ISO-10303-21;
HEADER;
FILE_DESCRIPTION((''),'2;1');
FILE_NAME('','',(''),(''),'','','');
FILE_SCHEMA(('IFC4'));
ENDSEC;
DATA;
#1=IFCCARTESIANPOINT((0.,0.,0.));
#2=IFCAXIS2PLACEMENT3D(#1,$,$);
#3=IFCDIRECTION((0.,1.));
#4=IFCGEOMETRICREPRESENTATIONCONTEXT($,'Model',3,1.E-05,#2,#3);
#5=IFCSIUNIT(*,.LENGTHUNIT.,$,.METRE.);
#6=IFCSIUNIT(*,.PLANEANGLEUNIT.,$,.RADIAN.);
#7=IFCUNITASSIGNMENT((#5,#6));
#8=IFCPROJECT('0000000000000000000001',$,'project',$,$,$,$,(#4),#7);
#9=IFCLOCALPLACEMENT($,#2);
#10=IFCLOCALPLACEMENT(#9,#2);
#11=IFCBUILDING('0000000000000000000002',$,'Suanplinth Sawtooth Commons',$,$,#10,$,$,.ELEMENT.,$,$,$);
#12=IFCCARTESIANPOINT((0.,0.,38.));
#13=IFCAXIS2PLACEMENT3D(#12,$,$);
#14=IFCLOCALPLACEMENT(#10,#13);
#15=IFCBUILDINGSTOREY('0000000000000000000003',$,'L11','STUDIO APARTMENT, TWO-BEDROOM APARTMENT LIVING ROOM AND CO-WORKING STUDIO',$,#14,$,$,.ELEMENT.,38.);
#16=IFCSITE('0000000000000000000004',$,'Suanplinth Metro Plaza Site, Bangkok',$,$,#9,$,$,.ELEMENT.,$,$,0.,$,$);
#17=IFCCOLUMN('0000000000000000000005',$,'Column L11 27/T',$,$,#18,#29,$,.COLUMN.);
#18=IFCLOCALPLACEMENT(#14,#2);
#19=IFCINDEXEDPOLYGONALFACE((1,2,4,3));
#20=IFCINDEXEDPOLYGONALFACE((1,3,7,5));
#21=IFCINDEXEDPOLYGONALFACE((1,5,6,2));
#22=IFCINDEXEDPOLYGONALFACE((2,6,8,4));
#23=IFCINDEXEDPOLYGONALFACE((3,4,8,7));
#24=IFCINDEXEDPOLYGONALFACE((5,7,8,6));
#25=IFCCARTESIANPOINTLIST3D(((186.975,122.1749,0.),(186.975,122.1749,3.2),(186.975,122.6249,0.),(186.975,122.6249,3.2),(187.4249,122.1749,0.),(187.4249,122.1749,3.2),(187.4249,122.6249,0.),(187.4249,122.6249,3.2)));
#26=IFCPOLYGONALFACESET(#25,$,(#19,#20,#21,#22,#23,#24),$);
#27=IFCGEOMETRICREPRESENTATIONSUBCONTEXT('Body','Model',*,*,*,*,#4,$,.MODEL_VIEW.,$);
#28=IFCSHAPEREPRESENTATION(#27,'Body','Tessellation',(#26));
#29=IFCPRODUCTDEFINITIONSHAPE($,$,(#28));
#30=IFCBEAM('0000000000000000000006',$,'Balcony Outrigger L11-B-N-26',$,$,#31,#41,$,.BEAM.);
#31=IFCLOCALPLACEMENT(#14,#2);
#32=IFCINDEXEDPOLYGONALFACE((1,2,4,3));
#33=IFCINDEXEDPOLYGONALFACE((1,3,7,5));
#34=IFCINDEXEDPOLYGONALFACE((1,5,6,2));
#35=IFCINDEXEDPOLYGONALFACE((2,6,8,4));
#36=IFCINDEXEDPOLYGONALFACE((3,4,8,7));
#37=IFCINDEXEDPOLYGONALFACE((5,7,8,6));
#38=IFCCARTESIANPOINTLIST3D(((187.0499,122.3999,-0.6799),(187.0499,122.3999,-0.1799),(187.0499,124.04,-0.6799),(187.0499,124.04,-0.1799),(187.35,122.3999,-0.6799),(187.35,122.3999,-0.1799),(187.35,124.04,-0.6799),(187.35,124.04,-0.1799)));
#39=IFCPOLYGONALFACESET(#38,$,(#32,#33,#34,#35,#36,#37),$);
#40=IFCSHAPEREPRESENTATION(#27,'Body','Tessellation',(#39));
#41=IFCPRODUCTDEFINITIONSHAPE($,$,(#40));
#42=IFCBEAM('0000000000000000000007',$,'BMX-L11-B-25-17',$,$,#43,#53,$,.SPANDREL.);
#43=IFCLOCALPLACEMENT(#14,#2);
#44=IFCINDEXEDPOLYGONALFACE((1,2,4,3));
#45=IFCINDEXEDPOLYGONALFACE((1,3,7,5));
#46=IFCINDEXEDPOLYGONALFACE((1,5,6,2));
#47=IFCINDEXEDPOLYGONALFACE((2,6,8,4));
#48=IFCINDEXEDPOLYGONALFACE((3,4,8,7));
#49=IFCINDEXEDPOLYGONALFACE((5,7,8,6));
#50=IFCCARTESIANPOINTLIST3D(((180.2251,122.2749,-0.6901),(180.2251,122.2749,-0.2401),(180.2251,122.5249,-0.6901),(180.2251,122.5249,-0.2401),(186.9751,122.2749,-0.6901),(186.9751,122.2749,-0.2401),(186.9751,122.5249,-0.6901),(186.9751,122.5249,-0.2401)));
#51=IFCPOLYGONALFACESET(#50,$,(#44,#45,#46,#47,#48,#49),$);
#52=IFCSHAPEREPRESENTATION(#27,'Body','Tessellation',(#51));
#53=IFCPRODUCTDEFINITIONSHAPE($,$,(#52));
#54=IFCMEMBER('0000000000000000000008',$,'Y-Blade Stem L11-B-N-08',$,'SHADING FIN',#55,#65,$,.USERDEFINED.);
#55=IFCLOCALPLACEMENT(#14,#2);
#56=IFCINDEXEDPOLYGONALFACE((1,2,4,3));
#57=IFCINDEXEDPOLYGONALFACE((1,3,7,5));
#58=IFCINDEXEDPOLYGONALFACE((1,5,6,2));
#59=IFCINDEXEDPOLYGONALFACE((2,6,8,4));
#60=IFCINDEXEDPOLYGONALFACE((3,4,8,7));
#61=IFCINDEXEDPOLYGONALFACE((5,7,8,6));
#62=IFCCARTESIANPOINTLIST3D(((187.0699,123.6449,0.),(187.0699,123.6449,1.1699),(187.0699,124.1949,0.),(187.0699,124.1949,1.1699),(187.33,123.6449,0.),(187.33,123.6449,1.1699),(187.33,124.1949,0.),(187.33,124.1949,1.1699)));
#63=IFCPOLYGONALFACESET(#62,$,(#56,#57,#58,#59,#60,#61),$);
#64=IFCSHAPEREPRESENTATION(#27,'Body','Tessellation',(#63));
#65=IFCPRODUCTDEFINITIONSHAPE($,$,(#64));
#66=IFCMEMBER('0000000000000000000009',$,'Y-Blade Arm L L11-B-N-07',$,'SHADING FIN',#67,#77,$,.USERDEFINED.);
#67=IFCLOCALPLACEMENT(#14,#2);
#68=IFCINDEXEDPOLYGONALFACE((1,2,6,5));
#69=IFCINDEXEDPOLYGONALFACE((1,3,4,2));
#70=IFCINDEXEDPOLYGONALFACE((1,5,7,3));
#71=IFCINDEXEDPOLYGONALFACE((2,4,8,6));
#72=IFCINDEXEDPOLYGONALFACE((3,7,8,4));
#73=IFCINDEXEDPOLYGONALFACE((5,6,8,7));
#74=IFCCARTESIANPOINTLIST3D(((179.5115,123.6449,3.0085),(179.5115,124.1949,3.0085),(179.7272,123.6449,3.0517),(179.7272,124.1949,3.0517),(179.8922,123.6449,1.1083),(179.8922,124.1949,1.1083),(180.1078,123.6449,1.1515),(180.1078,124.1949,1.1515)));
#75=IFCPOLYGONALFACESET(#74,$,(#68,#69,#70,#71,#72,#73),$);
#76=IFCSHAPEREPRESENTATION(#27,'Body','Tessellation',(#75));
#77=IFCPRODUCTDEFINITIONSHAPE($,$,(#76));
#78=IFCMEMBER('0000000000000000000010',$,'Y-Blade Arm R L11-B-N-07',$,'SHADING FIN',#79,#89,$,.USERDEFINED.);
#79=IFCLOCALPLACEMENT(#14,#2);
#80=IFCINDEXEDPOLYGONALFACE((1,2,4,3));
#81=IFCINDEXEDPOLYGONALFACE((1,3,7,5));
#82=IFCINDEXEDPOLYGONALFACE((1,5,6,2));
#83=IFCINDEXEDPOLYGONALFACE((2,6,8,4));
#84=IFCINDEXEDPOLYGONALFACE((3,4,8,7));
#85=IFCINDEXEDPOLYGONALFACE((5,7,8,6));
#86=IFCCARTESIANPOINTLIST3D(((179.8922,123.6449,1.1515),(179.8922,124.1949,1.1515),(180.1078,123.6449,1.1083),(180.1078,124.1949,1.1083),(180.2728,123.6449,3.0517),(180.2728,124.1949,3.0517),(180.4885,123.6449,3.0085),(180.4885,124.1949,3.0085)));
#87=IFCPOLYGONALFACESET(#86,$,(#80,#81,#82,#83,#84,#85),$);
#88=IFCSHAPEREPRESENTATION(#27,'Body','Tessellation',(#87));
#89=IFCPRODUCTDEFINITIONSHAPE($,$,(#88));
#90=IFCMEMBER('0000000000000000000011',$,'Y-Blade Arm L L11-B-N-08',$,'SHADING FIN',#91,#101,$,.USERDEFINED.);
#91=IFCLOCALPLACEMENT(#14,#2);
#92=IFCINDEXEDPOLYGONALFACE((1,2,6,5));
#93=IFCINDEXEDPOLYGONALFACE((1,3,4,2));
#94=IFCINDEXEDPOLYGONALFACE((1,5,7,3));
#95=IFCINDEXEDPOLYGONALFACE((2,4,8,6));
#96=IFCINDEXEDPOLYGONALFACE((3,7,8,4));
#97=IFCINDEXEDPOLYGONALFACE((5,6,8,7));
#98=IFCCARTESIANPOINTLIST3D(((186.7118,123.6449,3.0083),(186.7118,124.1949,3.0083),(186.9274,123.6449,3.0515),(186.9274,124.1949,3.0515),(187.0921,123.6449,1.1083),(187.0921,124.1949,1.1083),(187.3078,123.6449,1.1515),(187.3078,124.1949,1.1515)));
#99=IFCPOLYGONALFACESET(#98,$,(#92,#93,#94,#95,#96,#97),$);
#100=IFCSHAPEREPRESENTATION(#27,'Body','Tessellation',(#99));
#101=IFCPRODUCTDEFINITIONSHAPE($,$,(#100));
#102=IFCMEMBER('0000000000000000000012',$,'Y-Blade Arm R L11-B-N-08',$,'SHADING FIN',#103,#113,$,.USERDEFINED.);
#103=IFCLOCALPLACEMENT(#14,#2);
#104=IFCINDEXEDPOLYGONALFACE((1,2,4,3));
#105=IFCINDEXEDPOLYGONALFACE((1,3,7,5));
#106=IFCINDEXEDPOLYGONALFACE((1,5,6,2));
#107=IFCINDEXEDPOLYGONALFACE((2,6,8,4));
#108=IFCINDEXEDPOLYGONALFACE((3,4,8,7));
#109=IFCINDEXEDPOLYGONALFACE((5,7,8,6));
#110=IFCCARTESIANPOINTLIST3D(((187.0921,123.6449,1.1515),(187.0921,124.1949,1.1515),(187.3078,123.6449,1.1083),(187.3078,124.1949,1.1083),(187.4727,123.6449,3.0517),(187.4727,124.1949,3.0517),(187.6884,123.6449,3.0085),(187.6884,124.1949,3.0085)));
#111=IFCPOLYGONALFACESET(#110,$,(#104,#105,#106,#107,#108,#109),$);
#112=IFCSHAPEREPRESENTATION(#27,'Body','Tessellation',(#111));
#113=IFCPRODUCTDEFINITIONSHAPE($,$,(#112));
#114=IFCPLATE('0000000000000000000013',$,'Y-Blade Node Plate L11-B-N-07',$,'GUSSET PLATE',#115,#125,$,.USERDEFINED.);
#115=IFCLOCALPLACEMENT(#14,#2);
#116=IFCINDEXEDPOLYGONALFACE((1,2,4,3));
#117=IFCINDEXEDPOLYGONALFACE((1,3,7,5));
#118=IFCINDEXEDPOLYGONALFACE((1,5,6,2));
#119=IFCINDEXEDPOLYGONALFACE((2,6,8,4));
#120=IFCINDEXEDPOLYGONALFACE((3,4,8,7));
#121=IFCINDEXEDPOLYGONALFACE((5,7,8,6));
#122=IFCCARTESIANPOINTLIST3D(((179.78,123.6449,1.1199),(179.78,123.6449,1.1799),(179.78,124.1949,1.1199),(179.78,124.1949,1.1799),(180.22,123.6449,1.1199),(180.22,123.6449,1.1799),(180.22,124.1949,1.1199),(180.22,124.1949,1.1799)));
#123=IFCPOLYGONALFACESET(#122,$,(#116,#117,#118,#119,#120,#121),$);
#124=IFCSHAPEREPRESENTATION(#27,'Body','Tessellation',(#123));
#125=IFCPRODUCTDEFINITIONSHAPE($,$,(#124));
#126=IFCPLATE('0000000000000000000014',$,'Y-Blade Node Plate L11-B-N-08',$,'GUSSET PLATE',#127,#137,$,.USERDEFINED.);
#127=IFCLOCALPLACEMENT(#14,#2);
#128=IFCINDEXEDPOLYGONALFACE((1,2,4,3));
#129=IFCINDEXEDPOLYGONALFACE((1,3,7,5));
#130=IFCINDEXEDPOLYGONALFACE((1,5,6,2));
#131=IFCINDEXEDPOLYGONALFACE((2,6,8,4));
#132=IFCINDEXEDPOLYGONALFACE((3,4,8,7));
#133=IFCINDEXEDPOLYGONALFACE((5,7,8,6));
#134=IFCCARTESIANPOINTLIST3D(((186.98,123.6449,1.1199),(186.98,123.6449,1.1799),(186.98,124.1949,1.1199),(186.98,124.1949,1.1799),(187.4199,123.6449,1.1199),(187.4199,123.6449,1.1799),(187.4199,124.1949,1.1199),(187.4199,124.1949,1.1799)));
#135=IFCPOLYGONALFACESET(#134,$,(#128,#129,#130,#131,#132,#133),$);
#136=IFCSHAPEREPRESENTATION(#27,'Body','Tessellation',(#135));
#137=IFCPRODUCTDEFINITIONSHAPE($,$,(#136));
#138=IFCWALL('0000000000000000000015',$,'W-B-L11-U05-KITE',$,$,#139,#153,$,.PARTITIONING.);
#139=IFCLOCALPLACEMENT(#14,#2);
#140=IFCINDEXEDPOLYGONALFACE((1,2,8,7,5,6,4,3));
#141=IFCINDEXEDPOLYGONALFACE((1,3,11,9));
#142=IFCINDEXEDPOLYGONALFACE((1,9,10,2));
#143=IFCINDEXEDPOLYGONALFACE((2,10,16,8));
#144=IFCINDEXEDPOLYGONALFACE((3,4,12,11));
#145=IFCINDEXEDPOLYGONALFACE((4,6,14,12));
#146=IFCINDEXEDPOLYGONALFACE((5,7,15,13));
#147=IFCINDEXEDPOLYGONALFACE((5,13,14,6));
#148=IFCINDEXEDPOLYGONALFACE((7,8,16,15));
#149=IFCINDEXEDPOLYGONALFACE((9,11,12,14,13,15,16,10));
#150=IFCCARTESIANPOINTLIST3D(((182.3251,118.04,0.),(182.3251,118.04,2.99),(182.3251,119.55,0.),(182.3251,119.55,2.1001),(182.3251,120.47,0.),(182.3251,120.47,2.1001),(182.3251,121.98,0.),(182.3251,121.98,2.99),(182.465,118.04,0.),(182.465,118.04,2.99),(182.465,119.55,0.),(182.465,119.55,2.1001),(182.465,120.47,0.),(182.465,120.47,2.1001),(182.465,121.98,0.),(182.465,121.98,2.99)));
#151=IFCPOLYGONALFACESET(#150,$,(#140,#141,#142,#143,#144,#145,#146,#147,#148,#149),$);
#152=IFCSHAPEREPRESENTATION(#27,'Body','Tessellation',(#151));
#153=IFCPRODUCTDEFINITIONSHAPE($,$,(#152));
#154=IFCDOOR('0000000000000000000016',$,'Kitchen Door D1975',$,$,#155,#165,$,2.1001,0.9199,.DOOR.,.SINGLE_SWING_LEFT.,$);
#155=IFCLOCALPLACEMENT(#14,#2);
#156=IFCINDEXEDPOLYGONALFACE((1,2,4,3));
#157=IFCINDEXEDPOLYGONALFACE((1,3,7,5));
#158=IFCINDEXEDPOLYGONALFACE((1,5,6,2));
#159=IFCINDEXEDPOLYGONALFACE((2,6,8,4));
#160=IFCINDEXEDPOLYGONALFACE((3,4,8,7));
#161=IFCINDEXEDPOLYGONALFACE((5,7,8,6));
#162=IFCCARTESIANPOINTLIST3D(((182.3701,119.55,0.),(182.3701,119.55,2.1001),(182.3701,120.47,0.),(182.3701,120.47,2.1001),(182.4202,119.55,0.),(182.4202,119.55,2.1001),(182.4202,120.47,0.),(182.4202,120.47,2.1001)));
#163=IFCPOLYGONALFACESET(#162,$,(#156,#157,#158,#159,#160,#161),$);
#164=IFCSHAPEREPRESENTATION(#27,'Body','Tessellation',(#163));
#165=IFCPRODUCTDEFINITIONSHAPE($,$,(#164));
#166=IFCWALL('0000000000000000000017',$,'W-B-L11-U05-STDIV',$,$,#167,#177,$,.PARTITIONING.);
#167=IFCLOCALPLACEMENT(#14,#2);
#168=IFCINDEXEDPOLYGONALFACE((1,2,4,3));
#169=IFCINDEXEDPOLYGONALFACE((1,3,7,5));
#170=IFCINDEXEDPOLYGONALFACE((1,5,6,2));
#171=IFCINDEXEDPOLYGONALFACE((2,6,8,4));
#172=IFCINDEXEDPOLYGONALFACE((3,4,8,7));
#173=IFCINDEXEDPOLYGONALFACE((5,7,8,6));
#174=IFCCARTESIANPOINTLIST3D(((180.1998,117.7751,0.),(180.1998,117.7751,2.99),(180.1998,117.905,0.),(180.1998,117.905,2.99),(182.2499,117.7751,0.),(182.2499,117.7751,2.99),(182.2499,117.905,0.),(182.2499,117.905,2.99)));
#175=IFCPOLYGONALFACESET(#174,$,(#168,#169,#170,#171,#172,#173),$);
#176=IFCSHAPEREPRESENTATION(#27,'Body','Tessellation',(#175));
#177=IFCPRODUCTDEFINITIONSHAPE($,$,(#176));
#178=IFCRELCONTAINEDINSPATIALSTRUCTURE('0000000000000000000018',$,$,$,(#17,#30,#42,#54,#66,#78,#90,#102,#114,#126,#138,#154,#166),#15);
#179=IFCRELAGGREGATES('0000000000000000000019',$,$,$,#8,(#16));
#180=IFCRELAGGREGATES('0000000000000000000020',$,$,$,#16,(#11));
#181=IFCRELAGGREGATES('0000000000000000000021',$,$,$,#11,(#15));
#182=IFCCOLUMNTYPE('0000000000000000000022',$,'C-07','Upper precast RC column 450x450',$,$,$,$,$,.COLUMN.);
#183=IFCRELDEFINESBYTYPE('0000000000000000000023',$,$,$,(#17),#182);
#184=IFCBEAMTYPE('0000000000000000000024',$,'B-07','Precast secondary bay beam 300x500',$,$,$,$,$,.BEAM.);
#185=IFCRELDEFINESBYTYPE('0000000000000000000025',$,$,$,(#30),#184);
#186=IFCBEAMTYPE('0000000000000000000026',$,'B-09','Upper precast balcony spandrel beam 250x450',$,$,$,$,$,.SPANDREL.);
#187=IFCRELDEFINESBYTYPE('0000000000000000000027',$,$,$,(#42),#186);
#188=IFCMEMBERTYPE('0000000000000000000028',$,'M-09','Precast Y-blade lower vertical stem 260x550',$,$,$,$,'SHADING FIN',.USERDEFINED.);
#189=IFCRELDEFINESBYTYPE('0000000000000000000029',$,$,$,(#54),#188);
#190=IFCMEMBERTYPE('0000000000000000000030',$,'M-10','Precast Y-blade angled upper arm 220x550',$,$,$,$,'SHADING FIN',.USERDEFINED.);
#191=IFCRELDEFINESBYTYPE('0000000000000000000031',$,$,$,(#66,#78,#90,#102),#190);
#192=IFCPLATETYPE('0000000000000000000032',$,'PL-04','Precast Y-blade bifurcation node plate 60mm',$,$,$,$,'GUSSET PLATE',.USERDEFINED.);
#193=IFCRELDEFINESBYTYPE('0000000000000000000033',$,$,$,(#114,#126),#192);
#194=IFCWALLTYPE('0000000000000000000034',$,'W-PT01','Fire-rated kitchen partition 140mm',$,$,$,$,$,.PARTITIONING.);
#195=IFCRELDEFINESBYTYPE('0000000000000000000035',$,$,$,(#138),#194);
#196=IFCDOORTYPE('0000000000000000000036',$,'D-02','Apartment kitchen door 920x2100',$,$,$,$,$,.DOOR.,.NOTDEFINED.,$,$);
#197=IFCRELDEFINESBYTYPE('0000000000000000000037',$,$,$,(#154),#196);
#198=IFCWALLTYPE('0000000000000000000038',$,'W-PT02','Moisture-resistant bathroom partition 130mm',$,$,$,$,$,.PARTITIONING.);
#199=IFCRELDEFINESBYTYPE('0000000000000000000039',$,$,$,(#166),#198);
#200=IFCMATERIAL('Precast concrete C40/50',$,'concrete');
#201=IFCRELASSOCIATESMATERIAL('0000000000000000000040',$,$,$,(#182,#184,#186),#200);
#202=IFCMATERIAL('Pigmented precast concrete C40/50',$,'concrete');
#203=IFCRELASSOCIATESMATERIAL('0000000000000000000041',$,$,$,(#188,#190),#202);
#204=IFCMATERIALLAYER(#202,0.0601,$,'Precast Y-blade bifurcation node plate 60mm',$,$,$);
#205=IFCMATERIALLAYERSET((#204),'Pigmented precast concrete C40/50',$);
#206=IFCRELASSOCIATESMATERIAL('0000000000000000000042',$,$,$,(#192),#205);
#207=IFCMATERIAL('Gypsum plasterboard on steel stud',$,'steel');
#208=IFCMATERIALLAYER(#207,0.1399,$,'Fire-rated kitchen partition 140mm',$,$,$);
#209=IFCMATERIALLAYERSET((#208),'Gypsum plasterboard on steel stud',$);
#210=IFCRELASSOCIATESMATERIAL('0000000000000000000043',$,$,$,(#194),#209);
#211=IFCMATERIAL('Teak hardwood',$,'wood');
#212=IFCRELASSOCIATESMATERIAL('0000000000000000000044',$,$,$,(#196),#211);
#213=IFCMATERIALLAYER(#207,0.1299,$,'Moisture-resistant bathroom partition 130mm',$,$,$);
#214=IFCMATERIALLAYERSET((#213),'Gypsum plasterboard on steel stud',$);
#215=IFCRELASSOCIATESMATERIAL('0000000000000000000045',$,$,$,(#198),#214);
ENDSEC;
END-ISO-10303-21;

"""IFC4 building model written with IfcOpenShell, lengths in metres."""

from ifc_helpers import new_model, si_unit, direction, frame, frame_2d, origin, origin_2d, place, context, subcontext, project, spatial, rectangle, extrude, material, layer, layer_set, material_profile, profile_set, type_object, element, fill, save


model = new_model("IFC4")

# Units and contexts
model_context = context("Model", 3, precision=1e-05, world=origin(), true_north=direction((0.0, 1.0)))
body_context = subcontext(model_context, "Body", "Model", "MODEL_VIEW")
ifc_project = project(units=[si_unit("LENGTHUNIT", "METRE"), si_unit("PLANEANGLEUNIT", "RADIAN")], contexts=[model_context])

# Site, building, storey
site_placement = place(None, origin())
site = spatial("IfcSite", under=ifc_project, at=site_placement, Name="Suanplinth Metro Plaza Site, Bangkok", CompositionType="ELEMENT", RefElevation=0.0)
building_placement = place(site_placement, origin())
building = spatial("IfcBuilding", under=site, at=building_placement, Name="Suanplinth Sawtooth Commons", CompositionType="ELEMENT")
storey_placement = place(building_placement, frame((0.0, 0.0, 38.0)))
storey = spatial("IfcBuildingStorey", under=building, at=storey_placement, Name="L11", Description="STUDIO APARTMENT, TWO-BEDROOM APARTMENT LIVING ROOM AND CO-WORKING STUDIO", CompositionType="ELEMENT", Elevation=38.0)

# Column
ifc_material_1 = material(Name="Precast concrete C40/50", Category="concrete")
ifc_material_profile_1 = material_profile(ifc_material_1, rectangle(XDim=0.45, YDim=0.45, at=origin_2d()), Name="PC-COL 450x450")
ifc_profile_set_1 = profile_set([ifc_material_profile_1], Name="Precast concrete C40/50")
column_type = type_object("IfcColumnType", Name="C-07", Description="Upper precast RC column 450x450", PredefinedType="COLUMN", material=ifc_profile_set_1)
column_placement = place(storey_placement, frame((187.2, 122.3999, 0.0), z_axis=(0.0, 0.0, 1.0), x_axis=(1.0, 0.0, 0.0)))
element("IfcColumn", 1, at=column_placement, inside=storey, type_object=column_type, Name="Column L11 27/T", PredefinedType="COLUMN", context=body_context, shape_type="SweptSolid", body=[
    extrude(rectangle(XDim=0.45, YDim=0.45, at=origin_2d()), origin(), (0.0, 0.0, 1.0), 3.2),
])

# Beams
ifc_material_profile_2 = material_profile(ifc_material_1, rectangle(XDim=0.3, YDim=0.5, at=origin_2d()), Name="PC-BM 300x500")
ifc_profile_set_2 = profile_set([ifc_material_profile_2], Name="Precast concrete C40/50")
beam_type_1 = type_object("IfcBeamType", Name="B-07", Description="Precast secondary bay beam 300x500", PredefinedType="BEAM", material=ifc_profile_set_2)
beam_1_placement = place(storey_placement, frame((187.2, 122.3999, -0.4299), z_axis=(0.0, 1.0, 0.0), x_axis=(-1.0, 0.0, 0.0)))
element("IfcBeam", 2, at=beam_1_placement, inside=storey, type_object=beam_type_1, Name="Balcony Outrigger L11-B-N-26", PredefinedType="BEAM", context=body_context, shape_type="SweptSolid", body=[
    extrude(rectangle(XDim=0.3, YDim=0.5, at=origin_2d()), origin(), (0.0, 0.0, 1.0), 1.6401),
])
ifc_material_profile_3 = material_profile(ifc_material_1, rectangle(XDim=0.25, YDim=0.45, at=origin_2d()), Name="PC-SP 250x450")
ifc_profile_set_3 = profile_set([ifc_material_profile_3], Name="Precast concrete C40/50")
beam_type_2 = type_object("IfcBeamType", Name="B-09", Description="Upper precast balcony spandrel beam 250x450", PredefinedType="SPANDREL", material=ifc_profile_set_3)
beam_2_placement = place(storey_placement, frame((180.2251, 122.3999, -0.4651), z_axis=(1.0, 0.0, 0.0), x_axis=(0.0, 1.0, 0.0)))
element("IfcBeam", 3, at=beam_2_placement, inside=storey, type_object=beam_type_2, Name="BMX-L11-B-25-17", PredefinedType="SPANDREL", context=body_context, shape_type="SweptSolid", body=[
    extrude(rectangle(XDim=0.25, YDim=0.45, at=origin_2d()), origin(), (0.0, 0.0, 1.0), 6.75),
])

# Members
ifc_material_2 = material(Name="Pigmented precast concrete C40/50", Category="concrete")
ifc_material_profile_4 = material_profile(ifc_material_2, rectangle(XDim=0.26, YDim=0.55, at=origin_2d()), Name="PC-FIN 260x550")
ifc_profile_set_4 = profile_set([ifc_material_profile_4], Name="Pigmented precast concrete C40/50")
member_type_1 = type_object("IfcMemberType", Name="M-09", Description="Precast Y-blade lower vertical stem 260x550", ElementType="SHADING FIN", PredefinedType="USERDEFINED", material=ifc_profile_set_4)
member_1_placement = place(storey_placement, frame((187.2, 123.9199, 0.0), z_axis=(0.0, 0.0, 1.0), x_axis=(1.0, 0.0, 0.0)))
element("IfcMember", 4, at=member_1_placement, inside=storey, type_object=member_type_1, Name="Y-Blade Stem L11-B-N-08", ObjectType="SHADING FIN", PredefinedType="USERDEFINED", context=body_context, shape_type="SweptSolid", body=[
    extrude(rectangle(XDim=0.26, YDim=0.55, at=origin_2d()), origin(), (0.0, 0.0, 1.0), 1.1699),
])
ifc_material_profile_5 = material_profile(ifc_material_2, rectangle(XDim=0.22, YDim=0.55, at=origin_2d()), Name="PC-FIN 220x550")
ifc_profile_set_5 = profile_set([ifc_material_profile_5], Name="Pigmented precast concrete C40/50")
member_type_2 = type_object("IfcMemberType", Name="M-10", Description="Precast Y-blade angled upper arm 220x550", ElementType="SHADING FIN", PredefinedType="USERDEFINED", material=ifc_profile_set_5)
for number, where, z_axis, x_axis, name in (
    (5, (180.0, 123.9199, 1.1299), (-0.196407, 0.0, 0.980522), (0.980522, 0.0, 0.196407), "Y-Blade Arm L L11-B-N-07"),
    (6, (180.0, 123.9199, 1.1299), (0.196407, 0.0, 0.980522), (-0.980522, 0.0, 0.196407), "Y-Blade Arm R L11-B-N-07"),
):
    element("IfcMember", number, at=place(storey_placement, frame(where, z_axis=z_axis, x_axis=x_axis)), inside=storey, type_object=member_type_2, Name=name, ObjectType="SHADING FIN", PredefinedType="USERDEFINED", context=body_context, shape_type="SweptSolid", body=[
        extrude(rectangle(XDim=0.22, YDim=0.55, at=origin_2d()), origin(), (0.0, 0.0, 1.0), 1.938),
    ])
member_2_placement = place(storey_placement, frame((187.2, 123.9199, 1.1299), z_axis=(-0.196286, 0.0, 0.980547), x_axis=(0.980547, 0.0, 0.196286)))
element("IfcMember", 7, at=member_2_placement, inside=storey, type_object=member_type_2, Name="Y-Blade Arm L L11-B-N-08", ObjectType="SHADING FIN", PredefinedType="USERDEFINED", context=body_context, shape_type="SweptSolid", body=[
    extrude(rectangle(XDim=0.22, YDim=0.55, at=origin_2d()), origin(), (0.0, 0.0, 1.0), 1.9377),
])
member_3_placement = place(storey_placement, frame((187.2, 123.9199, 1.1299), z_axis=(0.196407, 0.0, 0.980522), x_axis=(-0.980522, 0.0, 0.196407)))
element("IfcMember", 8, at=member_3_placement, inside=storey, type_object=member_type_2, Name="Y-Blade Arm R L11-B-N-08", ObjectType="SHADING FIN", PredefinedType="USERDEFINED", context=body_context, shape_type="SweptSolid", body=[
    extrude(rectangle(XDim=0.22, YDim=0.55, at=origin_2d()), origin(), (0.0, 0.0, 1.0), 1.938),
])

# Plates
ifc_layer_1 = layer(ifc_material_2, 0.0601, Name="Precast Y-blade bifurcation node plate 60mm")
ifc_layer_set_1 = layer_set([ifc_layer_1], Name="Pigmented precast concrete C40/50")
plate_type = type_object("IfcPlateType", Name="PL-04", Description="Precast Y-blade bifurcation node plate 60mm", ElementType="GUSSET PLATE", PredefinedType="USERDEFINED", material=ifc_layer_set_1)
for number, where, z_axis, x_axis, name in (
    (9, (180.0, 123.9199, 1.1199), (0.0, 0.0, 1.0), (1.0, 0.0, 0.0), "Y-Blade Node Plate L11-B-N-07"),
    (10, (187.2, 123.9199, 1.1199), (0.0, 0.0, 1.0), (1.0, 0.0, 0.0), "Y-Blade Node Plate L11-B-N-08"),
):
    element("IfcPlate", number, at=place(storey_placement, frame(where, z_axis=z_axis, x_axis=x_axis)), inside=storey, type_object=plate_type, Name=name, ObjectType="GUSSET PLATE", PredefinedType="USERDEFINED", context=body_context, shape_type="SweptSolid", body=[
        extrude(rectangle(XDim=0.4399, YDim=0.55, at=origin_2d()), origin(), (0.0, 0.0, 1.0), 0.0601),
    ])

# Wall, opening, door
ifc_material_3 = material(Name="Gypsum plasterboard on steel stud", Category="steel")
ifc_layer_2 = layer(ifc_material_3, 0.1399, Name="Fire-rated kitchen partition 140mm")
ifc_layer_set_2 = layer_set([ifc_layer_2], Name="Gypsum plasterboard on steel stud")
wall_type_1 = type_object("IfcWallType", Name="W-PT01", Description="Fire-rated kitchen partition 140mm", PredefinedType="PARTITIONING", material=ifc_layer_set_2)
wall_1_placement = place(storey_placement, frame((182.395, 118.04, 0.0), z_axis=(0.0, 0.0, 1.0), x_axis=(0.0, 1.0, 0.0)))
wall_1 = element("IfcWall", 11, at=wall_1_placement, inside=storey, type_object=wall_type_1, Name="W-B-L11-U05-KITE", PredefinedType="PARTITIONING", context=body_context, shape_type="SweptSolid", body=[
    extrude(rectangle(XDim=3.9399, YDim=0.1399, at=frame_2d((1.97, 0.0))), origin(), (0.0, 0.0, 1.0), 2.99),
])
opening_1_placement = place(wall_1_placement, frame((1.51, 0.0, 0.0)))
opening_1 = element("IfcOpeningElement", 12, at=opening_1_placement, cuts=wall_1, PredefinedType="OPENING", context=body_context, shape_type="SweptSolid", body=[
    extrude(rectangle(XDim=0.9199, YDim=2.1001, at=frame_2d((0.46, 1.05))), frame((0.0, 0.085, 0.0), z_axis=(0.0, -1.0, 0.0), x_axis=(1.0, 0.0, 0.0)), (0.0, 0.0, 1.0), 0.1697),
])
ifc_material_4 = material(Name="Teak hardwood", Category="wood")
door_type_1 = type_object("IfcDoorType", Name="D-02", Description="Apartment kitchen door 920x2100", OperationType="NOTDEFINED", PredefinedType="DOOR", material=ifc_material_4)
door_1_placement = place(opening_1_placement, origin())
door_1 = element("IfcDoor", 13, at=door_1_placement, inside=storey, type_object=door_type_1, Name="Kitchen Door D1975", OperationType="SINGLE_SWING_LEFT", OverallHeight=2.1001, OverallWidth=0.9199, PredefinedType="DOOR", context=body_context, shape_type="SweptSolid", body=[
    extrude(rectangle(XDim=0.9199, YDim=2.1001, at=frame_2d((0.46, 1.05))), frame((0.0, 0.0249, 0.0), z_axis=(0.0, -1.0, 0.0), x_axis=(1.0, 0.0, 0.0)), (0.0, 0.0, 1.0), 0.05),
])
fill(opening_1, door_1)

# Wall
ifc_layer_3 = layer(ifc_material_3, 0.1299, Name="Moisture-resistant bathroom partition 130mm")
ifc_layer_set_3 = layer_set([ifc_layer_3], Name="Gypsum plasterboard on steel stud")
wall_type_2 = type_object("IfcWallType", Name="W-PT02", Description="Moisture-resistant bathroom partition 130mm", PredefinedType="PARTITIONING", material=ifc_layer_set_3)
wall_2_placement = place(storey_placement, frame((180.2, 117.8401, 0.0), z_axis=(0.0, 0.0, 1.0), x_axis=(1.0, 0.0, 0.0)))
element("IfcWall", 14, at=wall_2_placement, inside=storey, type_object=wall_type_2, Name="W-B-L11-U05-STDIV", PredefinedType="PARTITIONING", context=body_context, shape_type="SweptSolid", body=[
    extrude(rectangle(XDim=2.05, YDim=0.1299, at=frame_2d((1.0249, 0.0))), origin(), (0.0, 0.0, 1.0), 2.99),
])

save(model, "model.ifc")
